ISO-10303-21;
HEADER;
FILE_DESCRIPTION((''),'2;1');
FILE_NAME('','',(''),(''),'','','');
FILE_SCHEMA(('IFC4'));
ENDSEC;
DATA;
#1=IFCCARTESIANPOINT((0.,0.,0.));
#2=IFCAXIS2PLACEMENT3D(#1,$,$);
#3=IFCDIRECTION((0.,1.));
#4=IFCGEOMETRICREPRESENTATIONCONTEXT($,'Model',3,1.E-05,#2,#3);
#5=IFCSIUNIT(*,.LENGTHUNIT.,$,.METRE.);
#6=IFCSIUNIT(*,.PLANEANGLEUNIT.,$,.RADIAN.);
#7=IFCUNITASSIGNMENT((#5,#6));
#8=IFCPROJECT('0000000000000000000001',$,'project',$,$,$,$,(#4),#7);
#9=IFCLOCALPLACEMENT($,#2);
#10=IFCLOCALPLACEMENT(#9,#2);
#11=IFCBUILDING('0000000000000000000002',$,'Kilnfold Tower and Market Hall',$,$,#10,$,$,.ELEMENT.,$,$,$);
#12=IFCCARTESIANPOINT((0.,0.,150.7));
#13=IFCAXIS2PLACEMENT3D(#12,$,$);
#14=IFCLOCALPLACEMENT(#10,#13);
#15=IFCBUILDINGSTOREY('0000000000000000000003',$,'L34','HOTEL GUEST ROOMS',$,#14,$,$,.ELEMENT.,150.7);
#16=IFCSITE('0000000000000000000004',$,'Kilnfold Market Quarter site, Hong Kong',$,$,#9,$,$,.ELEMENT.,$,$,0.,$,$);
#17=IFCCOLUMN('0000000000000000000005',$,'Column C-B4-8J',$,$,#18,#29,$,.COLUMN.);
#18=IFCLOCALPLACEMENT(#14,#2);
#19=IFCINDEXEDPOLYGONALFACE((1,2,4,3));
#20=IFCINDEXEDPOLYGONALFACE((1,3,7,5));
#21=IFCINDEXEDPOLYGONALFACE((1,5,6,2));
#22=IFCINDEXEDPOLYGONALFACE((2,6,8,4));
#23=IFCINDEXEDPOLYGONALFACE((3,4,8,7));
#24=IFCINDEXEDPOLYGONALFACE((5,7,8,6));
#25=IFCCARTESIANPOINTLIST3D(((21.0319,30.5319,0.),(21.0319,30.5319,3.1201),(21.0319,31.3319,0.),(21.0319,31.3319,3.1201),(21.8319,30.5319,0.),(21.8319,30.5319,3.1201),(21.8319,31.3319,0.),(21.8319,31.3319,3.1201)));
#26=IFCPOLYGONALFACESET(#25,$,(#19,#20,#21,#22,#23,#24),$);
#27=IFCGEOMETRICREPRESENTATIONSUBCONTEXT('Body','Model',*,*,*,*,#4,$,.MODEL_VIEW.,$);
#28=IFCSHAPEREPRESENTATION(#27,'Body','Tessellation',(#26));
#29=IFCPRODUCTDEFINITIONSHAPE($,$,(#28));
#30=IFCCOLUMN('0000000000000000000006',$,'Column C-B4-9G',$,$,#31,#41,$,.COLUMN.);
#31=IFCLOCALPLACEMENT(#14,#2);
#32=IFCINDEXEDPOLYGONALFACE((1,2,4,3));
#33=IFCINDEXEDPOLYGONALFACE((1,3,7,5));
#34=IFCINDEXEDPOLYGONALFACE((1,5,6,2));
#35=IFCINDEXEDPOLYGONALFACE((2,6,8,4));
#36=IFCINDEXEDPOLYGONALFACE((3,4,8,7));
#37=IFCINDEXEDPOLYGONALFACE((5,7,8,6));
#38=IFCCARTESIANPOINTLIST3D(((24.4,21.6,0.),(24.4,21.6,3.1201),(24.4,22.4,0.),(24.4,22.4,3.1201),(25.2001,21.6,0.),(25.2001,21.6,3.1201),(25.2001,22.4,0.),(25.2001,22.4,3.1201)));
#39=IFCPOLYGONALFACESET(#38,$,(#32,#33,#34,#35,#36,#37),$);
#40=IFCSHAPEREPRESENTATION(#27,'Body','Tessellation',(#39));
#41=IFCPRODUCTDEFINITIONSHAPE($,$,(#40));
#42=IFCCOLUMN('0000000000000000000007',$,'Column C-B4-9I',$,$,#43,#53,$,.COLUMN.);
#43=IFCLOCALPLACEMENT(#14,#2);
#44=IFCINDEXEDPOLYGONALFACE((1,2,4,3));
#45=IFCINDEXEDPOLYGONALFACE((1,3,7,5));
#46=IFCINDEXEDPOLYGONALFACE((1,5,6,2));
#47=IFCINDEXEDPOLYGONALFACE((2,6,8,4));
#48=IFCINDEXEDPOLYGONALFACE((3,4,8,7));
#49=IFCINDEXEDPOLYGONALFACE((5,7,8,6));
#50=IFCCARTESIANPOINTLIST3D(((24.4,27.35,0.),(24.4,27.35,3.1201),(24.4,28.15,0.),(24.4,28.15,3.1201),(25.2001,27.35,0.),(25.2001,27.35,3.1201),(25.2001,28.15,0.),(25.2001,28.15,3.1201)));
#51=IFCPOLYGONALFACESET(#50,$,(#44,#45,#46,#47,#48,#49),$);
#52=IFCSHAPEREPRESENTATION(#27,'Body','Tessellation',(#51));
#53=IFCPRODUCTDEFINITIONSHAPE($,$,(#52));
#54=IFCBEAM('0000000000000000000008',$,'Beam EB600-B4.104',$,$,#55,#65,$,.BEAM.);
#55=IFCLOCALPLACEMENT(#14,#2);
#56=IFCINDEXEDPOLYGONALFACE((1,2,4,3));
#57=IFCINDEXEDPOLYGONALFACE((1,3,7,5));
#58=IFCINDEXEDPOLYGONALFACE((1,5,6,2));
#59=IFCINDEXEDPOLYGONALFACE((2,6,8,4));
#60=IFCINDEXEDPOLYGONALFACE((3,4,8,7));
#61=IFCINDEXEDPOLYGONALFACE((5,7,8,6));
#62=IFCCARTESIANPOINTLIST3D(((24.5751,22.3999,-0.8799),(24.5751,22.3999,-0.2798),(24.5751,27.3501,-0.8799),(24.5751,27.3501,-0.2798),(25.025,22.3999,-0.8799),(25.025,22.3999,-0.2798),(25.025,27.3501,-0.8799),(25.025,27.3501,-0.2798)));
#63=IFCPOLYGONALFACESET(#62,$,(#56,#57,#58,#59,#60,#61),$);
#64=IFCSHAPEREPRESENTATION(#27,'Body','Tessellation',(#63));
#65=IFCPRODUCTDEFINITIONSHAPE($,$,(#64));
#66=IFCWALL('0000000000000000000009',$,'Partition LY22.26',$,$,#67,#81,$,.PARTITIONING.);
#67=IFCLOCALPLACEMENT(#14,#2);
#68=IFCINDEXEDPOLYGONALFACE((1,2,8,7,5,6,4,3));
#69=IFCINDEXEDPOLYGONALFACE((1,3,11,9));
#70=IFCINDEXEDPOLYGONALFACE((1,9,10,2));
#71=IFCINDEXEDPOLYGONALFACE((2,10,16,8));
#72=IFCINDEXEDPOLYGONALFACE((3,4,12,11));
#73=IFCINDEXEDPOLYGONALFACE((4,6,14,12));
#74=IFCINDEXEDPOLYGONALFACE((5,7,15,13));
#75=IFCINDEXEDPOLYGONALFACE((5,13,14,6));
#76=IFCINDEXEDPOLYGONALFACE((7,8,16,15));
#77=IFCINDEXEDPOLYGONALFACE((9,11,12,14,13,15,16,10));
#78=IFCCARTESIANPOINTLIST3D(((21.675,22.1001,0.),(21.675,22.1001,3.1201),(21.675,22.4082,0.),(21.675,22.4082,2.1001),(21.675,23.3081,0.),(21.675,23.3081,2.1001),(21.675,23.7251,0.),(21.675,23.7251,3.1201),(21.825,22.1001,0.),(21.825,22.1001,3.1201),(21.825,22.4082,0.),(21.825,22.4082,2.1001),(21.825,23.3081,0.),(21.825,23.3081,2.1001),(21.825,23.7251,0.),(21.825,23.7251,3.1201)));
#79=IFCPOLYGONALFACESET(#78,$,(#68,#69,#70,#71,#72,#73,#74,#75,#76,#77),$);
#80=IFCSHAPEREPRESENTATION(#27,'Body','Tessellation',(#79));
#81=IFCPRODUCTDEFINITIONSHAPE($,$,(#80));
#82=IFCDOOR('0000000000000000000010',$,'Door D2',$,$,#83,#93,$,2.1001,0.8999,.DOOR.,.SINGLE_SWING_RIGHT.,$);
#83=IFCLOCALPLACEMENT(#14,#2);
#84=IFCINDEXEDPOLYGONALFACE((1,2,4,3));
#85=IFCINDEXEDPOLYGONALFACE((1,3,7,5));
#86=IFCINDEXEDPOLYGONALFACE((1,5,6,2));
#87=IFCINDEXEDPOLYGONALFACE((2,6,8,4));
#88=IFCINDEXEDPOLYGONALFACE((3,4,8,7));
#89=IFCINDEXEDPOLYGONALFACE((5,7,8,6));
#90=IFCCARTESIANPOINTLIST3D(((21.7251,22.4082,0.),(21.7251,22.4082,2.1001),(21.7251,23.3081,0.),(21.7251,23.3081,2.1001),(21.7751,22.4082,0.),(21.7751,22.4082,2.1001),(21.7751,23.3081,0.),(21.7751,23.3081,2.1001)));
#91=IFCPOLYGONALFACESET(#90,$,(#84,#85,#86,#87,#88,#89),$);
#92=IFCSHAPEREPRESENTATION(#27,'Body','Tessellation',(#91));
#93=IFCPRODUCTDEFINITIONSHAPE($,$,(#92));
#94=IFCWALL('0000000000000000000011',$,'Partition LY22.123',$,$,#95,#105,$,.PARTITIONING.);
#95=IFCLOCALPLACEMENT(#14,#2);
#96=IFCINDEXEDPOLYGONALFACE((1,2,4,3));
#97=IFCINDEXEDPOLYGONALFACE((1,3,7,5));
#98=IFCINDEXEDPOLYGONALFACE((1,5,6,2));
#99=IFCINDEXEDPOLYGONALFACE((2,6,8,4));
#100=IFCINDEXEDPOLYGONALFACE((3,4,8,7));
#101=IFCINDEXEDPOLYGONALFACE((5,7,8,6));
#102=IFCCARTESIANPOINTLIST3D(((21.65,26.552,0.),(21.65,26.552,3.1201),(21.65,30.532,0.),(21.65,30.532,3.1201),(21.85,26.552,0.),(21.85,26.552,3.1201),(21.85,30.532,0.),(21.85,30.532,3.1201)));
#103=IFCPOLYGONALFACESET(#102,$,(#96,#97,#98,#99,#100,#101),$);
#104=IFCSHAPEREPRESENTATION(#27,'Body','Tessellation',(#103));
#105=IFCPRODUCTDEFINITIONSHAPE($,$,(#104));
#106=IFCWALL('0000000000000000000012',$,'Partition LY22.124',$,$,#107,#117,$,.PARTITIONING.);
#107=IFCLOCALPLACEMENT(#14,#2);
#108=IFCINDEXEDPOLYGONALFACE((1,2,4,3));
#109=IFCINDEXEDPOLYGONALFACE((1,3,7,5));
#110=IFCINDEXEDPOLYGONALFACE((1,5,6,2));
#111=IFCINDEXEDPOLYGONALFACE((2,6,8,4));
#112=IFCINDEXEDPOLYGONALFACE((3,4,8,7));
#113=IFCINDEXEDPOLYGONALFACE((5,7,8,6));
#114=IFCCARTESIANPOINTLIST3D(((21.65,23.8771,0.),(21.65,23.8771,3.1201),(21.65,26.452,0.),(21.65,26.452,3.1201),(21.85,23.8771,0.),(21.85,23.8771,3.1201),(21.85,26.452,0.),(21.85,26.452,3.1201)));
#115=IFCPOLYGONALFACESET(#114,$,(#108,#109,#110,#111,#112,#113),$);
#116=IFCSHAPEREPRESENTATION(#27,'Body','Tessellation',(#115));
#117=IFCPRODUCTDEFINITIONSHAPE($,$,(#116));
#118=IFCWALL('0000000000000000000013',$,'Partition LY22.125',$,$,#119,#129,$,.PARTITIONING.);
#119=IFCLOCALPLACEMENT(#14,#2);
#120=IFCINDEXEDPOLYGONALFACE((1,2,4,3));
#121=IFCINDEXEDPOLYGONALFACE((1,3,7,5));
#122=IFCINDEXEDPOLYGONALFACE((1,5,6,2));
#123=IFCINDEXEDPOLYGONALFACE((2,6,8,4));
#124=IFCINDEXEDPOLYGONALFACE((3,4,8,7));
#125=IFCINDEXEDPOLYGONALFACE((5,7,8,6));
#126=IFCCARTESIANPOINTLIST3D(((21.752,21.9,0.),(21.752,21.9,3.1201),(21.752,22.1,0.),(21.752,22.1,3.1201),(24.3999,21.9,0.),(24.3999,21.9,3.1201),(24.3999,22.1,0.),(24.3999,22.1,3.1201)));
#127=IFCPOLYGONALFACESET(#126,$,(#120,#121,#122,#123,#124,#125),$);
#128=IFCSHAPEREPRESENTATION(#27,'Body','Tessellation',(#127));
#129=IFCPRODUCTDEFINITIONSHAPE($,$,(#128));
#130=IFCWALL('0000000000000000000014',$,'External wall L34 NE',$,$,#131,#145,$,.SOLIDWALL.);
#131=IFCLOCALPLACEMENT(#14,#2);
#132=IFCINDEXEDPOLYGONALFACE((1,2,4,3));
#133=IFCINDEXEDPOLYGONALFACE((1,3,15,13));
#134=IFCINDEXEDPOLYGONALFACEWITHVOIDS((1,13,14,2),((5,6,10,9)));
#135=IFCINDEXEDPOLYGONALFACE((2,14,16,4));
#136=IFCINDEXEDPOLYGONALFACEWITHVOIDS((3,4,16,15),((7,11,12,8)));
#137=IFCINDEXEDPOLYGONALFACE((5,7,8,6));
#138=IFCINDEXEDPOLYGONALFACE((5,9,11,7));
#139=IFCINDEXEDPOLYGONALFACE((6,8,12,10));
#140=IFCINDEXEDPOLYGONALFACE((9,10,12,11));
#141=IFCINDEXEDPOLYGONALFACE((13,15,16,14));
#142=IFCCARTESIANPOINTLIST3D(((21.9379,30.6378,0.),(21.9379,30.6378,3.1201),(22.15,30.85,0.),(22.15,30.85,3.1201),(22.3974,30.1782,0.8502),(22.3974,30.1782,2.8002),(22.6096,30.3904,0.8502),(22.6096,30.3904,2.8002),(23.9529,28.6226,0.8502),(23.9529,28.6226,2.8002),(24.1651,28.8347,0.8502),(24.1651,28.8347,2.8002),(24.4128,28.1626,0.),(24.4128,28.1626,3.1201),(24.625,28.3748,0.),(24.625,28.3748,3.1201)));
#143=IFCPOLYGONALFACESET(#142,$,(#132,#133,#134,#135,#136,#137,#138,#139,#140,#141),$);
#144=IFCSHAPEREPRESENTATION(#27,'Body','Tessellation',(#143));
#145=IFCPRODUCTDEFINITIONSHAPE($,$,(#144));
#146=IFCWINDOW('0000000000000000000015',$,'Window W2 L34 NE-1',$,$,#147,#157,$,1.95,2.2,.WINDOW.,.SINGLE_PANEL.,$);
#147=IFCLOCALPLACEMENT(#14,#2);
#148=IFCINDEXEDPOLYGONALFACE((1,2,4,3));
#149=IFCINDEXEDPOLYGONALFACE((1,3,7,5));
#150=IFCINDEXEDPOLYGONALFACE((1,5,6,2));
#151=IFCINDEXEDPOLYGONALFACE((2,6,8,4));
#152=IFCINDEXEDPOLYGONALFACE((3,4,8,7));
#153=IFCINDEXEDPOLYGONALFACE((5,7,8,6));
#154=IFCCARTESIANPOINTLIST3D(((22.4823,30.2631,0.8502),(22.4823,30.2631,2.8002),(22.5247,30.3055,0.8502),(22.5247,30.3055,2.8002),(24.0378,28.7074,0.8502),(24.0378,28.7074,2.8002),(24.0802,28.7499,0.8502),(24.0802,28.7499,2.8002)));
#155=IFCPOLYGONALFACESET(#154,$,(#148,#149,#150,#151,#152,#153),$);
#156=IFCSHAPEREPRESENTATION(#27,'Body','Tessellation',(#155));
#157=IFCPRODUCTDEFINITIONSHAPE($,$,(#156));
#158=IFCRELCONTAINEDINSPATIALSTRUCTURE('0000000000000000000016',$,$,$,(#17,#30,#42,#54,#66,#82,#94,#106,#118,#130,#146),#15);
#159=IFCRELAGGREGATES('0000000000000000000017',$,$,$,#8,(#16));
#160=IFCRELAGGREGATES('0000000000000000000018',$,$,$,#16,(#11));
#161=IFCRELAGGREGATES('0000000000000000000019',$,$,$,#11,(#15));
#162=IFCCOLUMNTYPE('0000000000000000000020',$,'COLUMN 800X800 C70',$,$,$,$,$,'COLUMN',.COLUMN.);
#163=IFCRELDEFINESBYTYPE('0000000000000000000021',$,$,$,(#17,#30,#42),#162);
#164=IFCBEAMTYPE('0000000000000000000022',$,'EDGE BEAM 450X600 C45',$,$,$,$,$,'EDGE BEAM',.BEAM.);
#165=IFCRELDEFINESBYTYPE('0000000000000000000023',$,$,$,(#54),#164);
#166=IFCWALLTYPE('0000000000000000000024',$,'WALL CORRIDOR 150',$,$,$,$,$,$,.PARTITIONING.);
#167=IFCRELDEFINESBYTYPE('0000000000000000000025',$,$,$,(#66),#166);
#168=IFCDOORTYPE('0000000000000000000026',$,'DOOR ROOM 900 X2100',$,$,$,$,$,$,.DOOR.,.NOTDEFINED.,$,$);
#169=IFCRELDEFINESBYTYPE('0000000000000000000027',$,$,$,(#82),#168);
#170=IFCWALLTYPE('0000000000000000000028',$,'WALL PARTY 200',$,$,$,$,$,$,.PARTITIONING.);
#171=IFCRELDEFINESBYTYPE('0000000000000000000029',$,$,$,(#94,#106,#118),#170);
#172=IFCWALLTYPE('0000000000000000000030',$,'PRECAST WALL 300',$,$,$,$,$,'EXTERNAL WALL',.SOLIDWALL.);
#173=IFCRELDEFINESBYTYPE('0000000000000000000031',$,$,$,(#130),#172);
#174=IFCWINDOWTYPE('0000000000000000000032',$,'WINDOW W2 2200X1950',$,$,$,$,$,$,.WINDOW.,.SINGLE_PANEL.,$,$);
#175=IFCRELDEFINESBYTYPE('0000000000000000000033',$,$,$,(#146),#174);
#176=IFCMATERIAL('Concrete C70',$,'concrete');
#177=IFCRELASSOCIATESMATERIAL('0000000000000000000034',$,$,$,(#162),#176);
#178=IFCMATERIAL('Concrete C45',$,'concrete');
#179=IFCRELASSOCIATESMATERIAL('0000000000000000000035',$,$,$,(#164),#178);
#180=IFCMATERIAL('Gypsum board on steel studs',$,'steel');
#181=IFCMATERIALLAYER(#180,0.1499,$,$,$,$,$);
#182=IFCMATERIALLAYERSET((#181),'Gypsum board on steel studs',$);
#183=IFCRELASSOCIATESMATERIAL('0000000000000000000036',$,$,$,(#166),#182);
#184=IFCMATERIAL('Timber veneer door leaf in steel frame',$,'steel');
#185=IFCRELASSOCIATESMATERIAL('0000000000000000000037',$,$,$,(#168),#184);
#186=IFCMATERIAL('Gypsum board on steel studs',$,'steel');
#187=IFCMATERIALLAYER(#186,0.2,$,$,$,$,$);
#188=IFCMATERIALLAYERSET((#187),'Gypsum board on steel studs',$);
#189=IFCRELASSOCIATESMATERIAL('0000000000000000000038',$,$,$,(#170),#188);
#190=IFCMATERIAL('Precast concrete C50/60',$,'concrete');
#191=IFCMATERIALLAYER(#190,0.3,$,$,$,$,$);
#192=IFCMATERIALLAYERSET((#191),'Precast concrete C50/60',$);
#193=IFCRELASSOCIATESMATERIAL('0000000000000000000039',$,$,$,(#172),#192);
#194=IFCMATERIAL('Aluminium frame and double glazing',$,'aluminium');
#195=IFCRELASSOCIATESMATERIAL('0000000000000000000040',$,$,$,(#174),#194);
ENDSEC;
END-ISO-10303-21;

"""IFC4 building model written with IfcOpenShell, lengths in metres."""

from ifc_helpers import new_model, si_unit, direction, frame, frame_2d, origin, origin_2d, place, context, subcontext, project, spatial, rectangle, extrude, source, transform, mapped, material, layer, layer_set, material_profile, profile_set, type_object, element, fill, save


model = new_model("IFC4")

# Units and contexts
model_context = context("Model", 3, precision=1e-05, world=origin(), true_north=direction((0.0, 1.0)))
body_context = subcontext(model_context, "Body", "Model", "MODEL_VIEW")
ifc_project = project(units=[si_unit("LENGTHUNIT", "METRE"), si_unit("PLANEANGLEUNIT", "RADIAN")], contexts=[model_context])

# Site, building, storey
site_placement = place(None, origin())
site = spatial("IfcSite", under=ifc_project, at=site_placement, Name="Kilnfold Market Quarter site, Hong Kong", CompositionType="ELEMENT", RefElevation=0.0)
building_placement = place(site_placement, origin())
building = spatial("IfcBuilding", under=site, at=building_placement, Name="Kilnfold Tower and Market Hall", CompositionType="ELEMENT")
storey_placement = place(building_placement, frame((0.0, 0.0, 150.7)))
storey = spatial("IfcBuildingStorey", under=building, at=storey_placement, Name="L34", Description="HOTEL GUEST ROOMS", CompositionType="ELEMENT", Elevation=150.7)

# Columns
ifc_material_1 = material(Name="Concrete C70", Category="concrete")
ifc_material_profile_1 = material_profile(ifc_material_1, rectangle(XDim=0.8, YDim=0.8, at=origin_2d()), Name="RC 800x800")
ifc_profile_set_1 = profile_set([ifc_material_profile_1], Name="Concrete C70")
column_type = type_object("IfcColumnType", Name="COLUMN 800X800 C70", ElementType="COLUMN", PredefinedType="COLUMN", material=ifc_profile_set_1)
shared_shape_1 = source(origin(), body_context, "Body", "SweptSolid", [
    extrude(rectangle(XDim=0.8, YDim=0.8, at=origin_2d()), origin(), (0.0, 0.0, 1.0), 3.1201),
])
for number, where, z_axis, x_axis, name in (
    (1, (21.4319, 30.9319, 0.0), (0.0, 0.0, 1.0), (1.0, 0.0, 0.0), "Column C-B4-8J"),
    (2, (24.8, 22.0, 0.0), (0.0, 0.0, 1.0), (1.0, 0.0, 0.0), "Column C-B4-9G"),
    (3, (24.8, 27.75, 0.0), (0.0, 0.0, 1.0), (1.0, 0.0, 0.0), "Column C-B4-9I"),
):
    element("IfcColumn", number, at=place(storey_placement, frame(where, z_axis=z_axis, x_axis=x_axis)), inside=storey, type_object=column_type, Name=name, PredefinedType="COLUMN", context=body_context, shape_type="MappedRepresentation", body=[
        mapped(shared_shape_1, transform((0.0, 0.0, 0.0))),
    ])

# Beam
ifc_material_2 = material(Name="Concrete C45", Category="concrete")
ifc_material_profile_2 = material_profile(ifc_material_2, rectangle(XDim=0.45, YDim=0.6001, at=origin_2d()), Name="RC 450x600")
ifc_profile_set_2 = profile_set([ifc_material_profile_2], Name="Concrete C45")
beam_type = type_object("IfcBeamType", Name="EDGE BEAM 450X600 C45", ElementType="EDGE BEAM", PredefinedType="BEAM", material=ifc_profile_set_2)
shared_shape_2 = source(origin(), body_context, "Body", "SweptSolid", [
    extrude(rectangle(XDim=0.45, YDim=0.6001, at=origin_2d()), origin(), (0.0, 0.0, 1.0), 4.9502),
])
beam_placement = place(storey_placement, frame((24.8, 22.3999, -0.5798), z_axis=(0.0, 1.0, 0.0), x_axis=(-1.0, 0.0, 0.0)))
element("IfcBeam", 4, at=beam_placement, inside=storey, type_object=beam_type, Name="Beam EB600-B4.104", PredefinedType="BEAM", context=body_context, shape_type="MappedRepresentation", body=[
    mapped(shared_shape_2, transform((0.0, 0.0, 0.0))),
])

# Wall, opening, door
ifc_material_3 = material(Name="Gypsum board on steel studs", Category="steel")
ifc_layer_1 = layer(ifc_material_3, 0.1499)
ifc_layer_set_1 = layer_set([ifc_layer_1], Name="Gypsum board on steel studs")
wall_type_1 = type_object("IfcWallType", Name="WALL CORRIDOR 150", PredefinedType="PARTITIONING", material=ifc_layer_set_1)
wall_1_placement = place(storey_placement, frame((21.75, 22.1001, 0.0), z_axis=(0.0, 0.0, 1.0), x_axis=(0.0, 1.0, 0.0)))
wall_1 = element("IfcWall", 5, at=wall_1_placement, inside=storey, type_object=wall_type_1, Name="Partition LY22.26", PredefinedType="PARTITIONING", context=body_context, shape_type="SweptSolid", body=[
    extrude(rectangle(XDim=1.625, YDim=0.1499, at=frame_2d((0.8125, 0.0))), origin(), (0.0, 0.0, 1.0), 3.1201),
])
opening_1_placement = place(wall_1_placement, frame((0.3081, 0.0, 0.0)))
opening_1 = element("IfcOpeningElement", 6, at=opening_1_placement, cuts=wall_1, PredefinedType="OPENING", context=body_context, shape_type="SweptSolid", body=[
    extrude(rectangle(XDim=0.8999, YDim=2.1001, at=frame_2d((0.45, 1.05))), frame((0.0, 0.085, 0.0), z_axis=(0.0, -1.0, 0.0), x_axis=(1.0, 0.0, 0.0)), (0.0, 0.0, 1.0), 0.1699),
])
ifc_material_4 = material(Name="Timber veneer door leaf in steel frame", Category="steel")
door_type = type_object("IfcDoorType", Name="DOOR ROOM 900 X2100", OperationType="NOTDEFINED", PredefinedType="DOOR", material=ifc_material_4)
door_placement = place(opening_1_placement, origin())
door = element("IfcDoor", 7, at=door_placement, inside=storey, type_object=door_type, Name="Door D2", OperationType="SINGLE_SWING_RIGHT", OverallHeight=2.1001, OverallWidth=0.8999, PredefinedType="DOOR", context=body_context, shape_type="SweptSolid", body=[
    extrude(rectangle(XDim=0.8999, YDim=2.1001, at=frame_2d((0.45, 1.05))), frame((0.0, 0.0249, 0.0), z_axis=(0.0, -1.0, 0.0), x_axis=(1.0, 0.0, 0.0)), (0.0, 0.0, 1.0), 0.05),
])
fill(opening_1, door)

# Walls
ifc_material_5 = material(Name="Gypsum board on steel studs", Category="steel")
ifc_layer_2 = layer(ifc_material_5, 0.2)
ifc_layer_set_2 = layer_set([ifc_layer_2], Name="Gypsum board on steel studs")
wall_type_2 = type_object("IfcWallType", Name="WALL PARTY 200", PredefinedType="PARTITIONING", material=ifc_layer_set_2)
wall_2_placement = place(storey_placement, frame((21.75, 26.552, 0.0), z_axis=(0.0, 0.0, 1.0), x_axis=(0.0, 1.0, 0.0)))
element("IfcWall", 8, at=wall_2_placement, inside=storey, type_object=wall_type_2, Name="Partition LY22.123", PredefinedType="PARTITIONING", context=body_context, shape_type="SweptSolid", body=[
    extrude(rectangle(XDim=3.98, YDim=0.2, at=frame_2d((1.99, 0.0))), origin(), (0.0, 0.0, 1.0), 3.1201),
])
wall_3_placement = place(storey_placement, frame((21.75, 23.877, 0.0), z_axis=(0.0, 0.0, 1.0), x_axis=(0.0, 1.0, 0.0)))
element("IfcWall", 9, at=wall_3_placement, inside=storey, type_object=wall_type_2, Name="Partition LY22.124", PredefinedType="PARTITIONING", context=body_context, shape_type="SweptSolid", body=[
    extrude(rectangle(XDim=2.575, YDim=0.2, at=frame_2d((1.2876, 0.0))), origin(), (0.0, 0.0, 1.0), 3.1201),
])
wall_4_placement = place(storey_placement, frame((21.752, 22.0, 0.0), z_axis=(0.0, 0.0, 1.0), x_axis=(1.0, 0.0, 0.0)))
element("IfcWall", 10, at=wall_4_placement, inside=storey, type_object=wall_type_2, Name="Partition LY22.125", PredefinedType="PARTITIONING", context=body_context, shape_type="SweptSolid", body=[
    extrude(rectangle(XDim=2.6479, YDim=0.2, at=frame_2d((1.324, 0.0))), origin(), (0.0, 0.0, 1.0), 3.1201),
])

# Wall, opening, window
ifc_material_6 = material(Name="Precast concrete C50/60", Category="concrete")
ifc_layer_3 = layer(ifc_material_6, 0.3)
ifc_layer_set_3 = layer_set([ifc_layer_3], Name="Precast concrete C50/60")
wall_type_3 = type_object("IfcWallType", Name="PRECAST WALL 300", ElementType="EXTERNAL WALL", PredefinedType="SOLIDWALL", material=ifc_layer_set_3)
shared_shape_3 = source(origin(), body_context, "Body", "SweptSolid", [
    extrude(rectangle(XDim=3.5002, YDim=0.3, at=frame_2d((1.75, 0.0))), origin(), (0.0, 0.0, 1.0), 3.1201),
])
wall_5_placement = place(storey_placement, frame((24.5188, 28.2688, 0.0), z_axis=(0.0, 0.0, 1.0), x_axis=(-0.707072, 0.707142, 0.0)))
wall_5 = element("IfcWall", 11, at=wall_5_placement, inside=storey, type_object=wall_type_3, Name="External wall L34 NE", PredefinedType="SOLIDWALL", context=body_context, shape_type="MappedRepresentation", body=[
    mapped(shared_shape_3, transform((0.0, 0.0, 0.0))),
])
opening_2_placement = place(wall_5_placement, frame((0.6501, 0.0, 0.8501)))
opening_2 = element("IfcOpeningElement", 12, at=opening_2_placement, cuts=wall_5, PredefinedType="OPENING", context=body_context, shape_type="SweptSolid", body=[
    extrude(rectangle(XDim=2.2, YDim=1.95, at=frame_2d((1.1001, 0.9751))), frame((0.0, 0.1602, 0.0), z_axis=(0.0, -1.0, 0.0), x_axis=(1.0, 0.0, 0.0)), (0.0, 0.0, 1.0), 0.3201),
])
ifc_material_7 = material(Name="Aluminium frame and double glazing", Category="aluminium")
window_type_1 = type_object("IfcWindowType", Name="WINDOW W2 2200X1950", PartitioningType="SINGLE_PANEL", PredefinedType="WINDOW", material=ifc_material_7)
window_1_placement = place(opening_2_placement, origin())
window_1 = element("IfcWindow", 13, at=window_1_placement, inside=storey, type_object=window_type_1, Name="Window W2 L34 NE-1", OverallHeight=1.95, OverallWidth=2.2, PartitioningType="SINGLE_PANEL", PredefinedType="WINDOW", context=body_context, shape_type="SweptSolid", body=[
    extrude(rectangle(XDim=2.2, YDim=1.95, at=frame_2d((1.1001, 0.9751))), frame((0.0, 0.03, 0.0), z_axis=(0.0, -1.0, 0.0), x_axis=(1.0, 0.0, 0.0)), (0.0, 0.0, 1.0), 0.0601),
])
fill(opening_2, window_1)

save(model, "model.ifc")
